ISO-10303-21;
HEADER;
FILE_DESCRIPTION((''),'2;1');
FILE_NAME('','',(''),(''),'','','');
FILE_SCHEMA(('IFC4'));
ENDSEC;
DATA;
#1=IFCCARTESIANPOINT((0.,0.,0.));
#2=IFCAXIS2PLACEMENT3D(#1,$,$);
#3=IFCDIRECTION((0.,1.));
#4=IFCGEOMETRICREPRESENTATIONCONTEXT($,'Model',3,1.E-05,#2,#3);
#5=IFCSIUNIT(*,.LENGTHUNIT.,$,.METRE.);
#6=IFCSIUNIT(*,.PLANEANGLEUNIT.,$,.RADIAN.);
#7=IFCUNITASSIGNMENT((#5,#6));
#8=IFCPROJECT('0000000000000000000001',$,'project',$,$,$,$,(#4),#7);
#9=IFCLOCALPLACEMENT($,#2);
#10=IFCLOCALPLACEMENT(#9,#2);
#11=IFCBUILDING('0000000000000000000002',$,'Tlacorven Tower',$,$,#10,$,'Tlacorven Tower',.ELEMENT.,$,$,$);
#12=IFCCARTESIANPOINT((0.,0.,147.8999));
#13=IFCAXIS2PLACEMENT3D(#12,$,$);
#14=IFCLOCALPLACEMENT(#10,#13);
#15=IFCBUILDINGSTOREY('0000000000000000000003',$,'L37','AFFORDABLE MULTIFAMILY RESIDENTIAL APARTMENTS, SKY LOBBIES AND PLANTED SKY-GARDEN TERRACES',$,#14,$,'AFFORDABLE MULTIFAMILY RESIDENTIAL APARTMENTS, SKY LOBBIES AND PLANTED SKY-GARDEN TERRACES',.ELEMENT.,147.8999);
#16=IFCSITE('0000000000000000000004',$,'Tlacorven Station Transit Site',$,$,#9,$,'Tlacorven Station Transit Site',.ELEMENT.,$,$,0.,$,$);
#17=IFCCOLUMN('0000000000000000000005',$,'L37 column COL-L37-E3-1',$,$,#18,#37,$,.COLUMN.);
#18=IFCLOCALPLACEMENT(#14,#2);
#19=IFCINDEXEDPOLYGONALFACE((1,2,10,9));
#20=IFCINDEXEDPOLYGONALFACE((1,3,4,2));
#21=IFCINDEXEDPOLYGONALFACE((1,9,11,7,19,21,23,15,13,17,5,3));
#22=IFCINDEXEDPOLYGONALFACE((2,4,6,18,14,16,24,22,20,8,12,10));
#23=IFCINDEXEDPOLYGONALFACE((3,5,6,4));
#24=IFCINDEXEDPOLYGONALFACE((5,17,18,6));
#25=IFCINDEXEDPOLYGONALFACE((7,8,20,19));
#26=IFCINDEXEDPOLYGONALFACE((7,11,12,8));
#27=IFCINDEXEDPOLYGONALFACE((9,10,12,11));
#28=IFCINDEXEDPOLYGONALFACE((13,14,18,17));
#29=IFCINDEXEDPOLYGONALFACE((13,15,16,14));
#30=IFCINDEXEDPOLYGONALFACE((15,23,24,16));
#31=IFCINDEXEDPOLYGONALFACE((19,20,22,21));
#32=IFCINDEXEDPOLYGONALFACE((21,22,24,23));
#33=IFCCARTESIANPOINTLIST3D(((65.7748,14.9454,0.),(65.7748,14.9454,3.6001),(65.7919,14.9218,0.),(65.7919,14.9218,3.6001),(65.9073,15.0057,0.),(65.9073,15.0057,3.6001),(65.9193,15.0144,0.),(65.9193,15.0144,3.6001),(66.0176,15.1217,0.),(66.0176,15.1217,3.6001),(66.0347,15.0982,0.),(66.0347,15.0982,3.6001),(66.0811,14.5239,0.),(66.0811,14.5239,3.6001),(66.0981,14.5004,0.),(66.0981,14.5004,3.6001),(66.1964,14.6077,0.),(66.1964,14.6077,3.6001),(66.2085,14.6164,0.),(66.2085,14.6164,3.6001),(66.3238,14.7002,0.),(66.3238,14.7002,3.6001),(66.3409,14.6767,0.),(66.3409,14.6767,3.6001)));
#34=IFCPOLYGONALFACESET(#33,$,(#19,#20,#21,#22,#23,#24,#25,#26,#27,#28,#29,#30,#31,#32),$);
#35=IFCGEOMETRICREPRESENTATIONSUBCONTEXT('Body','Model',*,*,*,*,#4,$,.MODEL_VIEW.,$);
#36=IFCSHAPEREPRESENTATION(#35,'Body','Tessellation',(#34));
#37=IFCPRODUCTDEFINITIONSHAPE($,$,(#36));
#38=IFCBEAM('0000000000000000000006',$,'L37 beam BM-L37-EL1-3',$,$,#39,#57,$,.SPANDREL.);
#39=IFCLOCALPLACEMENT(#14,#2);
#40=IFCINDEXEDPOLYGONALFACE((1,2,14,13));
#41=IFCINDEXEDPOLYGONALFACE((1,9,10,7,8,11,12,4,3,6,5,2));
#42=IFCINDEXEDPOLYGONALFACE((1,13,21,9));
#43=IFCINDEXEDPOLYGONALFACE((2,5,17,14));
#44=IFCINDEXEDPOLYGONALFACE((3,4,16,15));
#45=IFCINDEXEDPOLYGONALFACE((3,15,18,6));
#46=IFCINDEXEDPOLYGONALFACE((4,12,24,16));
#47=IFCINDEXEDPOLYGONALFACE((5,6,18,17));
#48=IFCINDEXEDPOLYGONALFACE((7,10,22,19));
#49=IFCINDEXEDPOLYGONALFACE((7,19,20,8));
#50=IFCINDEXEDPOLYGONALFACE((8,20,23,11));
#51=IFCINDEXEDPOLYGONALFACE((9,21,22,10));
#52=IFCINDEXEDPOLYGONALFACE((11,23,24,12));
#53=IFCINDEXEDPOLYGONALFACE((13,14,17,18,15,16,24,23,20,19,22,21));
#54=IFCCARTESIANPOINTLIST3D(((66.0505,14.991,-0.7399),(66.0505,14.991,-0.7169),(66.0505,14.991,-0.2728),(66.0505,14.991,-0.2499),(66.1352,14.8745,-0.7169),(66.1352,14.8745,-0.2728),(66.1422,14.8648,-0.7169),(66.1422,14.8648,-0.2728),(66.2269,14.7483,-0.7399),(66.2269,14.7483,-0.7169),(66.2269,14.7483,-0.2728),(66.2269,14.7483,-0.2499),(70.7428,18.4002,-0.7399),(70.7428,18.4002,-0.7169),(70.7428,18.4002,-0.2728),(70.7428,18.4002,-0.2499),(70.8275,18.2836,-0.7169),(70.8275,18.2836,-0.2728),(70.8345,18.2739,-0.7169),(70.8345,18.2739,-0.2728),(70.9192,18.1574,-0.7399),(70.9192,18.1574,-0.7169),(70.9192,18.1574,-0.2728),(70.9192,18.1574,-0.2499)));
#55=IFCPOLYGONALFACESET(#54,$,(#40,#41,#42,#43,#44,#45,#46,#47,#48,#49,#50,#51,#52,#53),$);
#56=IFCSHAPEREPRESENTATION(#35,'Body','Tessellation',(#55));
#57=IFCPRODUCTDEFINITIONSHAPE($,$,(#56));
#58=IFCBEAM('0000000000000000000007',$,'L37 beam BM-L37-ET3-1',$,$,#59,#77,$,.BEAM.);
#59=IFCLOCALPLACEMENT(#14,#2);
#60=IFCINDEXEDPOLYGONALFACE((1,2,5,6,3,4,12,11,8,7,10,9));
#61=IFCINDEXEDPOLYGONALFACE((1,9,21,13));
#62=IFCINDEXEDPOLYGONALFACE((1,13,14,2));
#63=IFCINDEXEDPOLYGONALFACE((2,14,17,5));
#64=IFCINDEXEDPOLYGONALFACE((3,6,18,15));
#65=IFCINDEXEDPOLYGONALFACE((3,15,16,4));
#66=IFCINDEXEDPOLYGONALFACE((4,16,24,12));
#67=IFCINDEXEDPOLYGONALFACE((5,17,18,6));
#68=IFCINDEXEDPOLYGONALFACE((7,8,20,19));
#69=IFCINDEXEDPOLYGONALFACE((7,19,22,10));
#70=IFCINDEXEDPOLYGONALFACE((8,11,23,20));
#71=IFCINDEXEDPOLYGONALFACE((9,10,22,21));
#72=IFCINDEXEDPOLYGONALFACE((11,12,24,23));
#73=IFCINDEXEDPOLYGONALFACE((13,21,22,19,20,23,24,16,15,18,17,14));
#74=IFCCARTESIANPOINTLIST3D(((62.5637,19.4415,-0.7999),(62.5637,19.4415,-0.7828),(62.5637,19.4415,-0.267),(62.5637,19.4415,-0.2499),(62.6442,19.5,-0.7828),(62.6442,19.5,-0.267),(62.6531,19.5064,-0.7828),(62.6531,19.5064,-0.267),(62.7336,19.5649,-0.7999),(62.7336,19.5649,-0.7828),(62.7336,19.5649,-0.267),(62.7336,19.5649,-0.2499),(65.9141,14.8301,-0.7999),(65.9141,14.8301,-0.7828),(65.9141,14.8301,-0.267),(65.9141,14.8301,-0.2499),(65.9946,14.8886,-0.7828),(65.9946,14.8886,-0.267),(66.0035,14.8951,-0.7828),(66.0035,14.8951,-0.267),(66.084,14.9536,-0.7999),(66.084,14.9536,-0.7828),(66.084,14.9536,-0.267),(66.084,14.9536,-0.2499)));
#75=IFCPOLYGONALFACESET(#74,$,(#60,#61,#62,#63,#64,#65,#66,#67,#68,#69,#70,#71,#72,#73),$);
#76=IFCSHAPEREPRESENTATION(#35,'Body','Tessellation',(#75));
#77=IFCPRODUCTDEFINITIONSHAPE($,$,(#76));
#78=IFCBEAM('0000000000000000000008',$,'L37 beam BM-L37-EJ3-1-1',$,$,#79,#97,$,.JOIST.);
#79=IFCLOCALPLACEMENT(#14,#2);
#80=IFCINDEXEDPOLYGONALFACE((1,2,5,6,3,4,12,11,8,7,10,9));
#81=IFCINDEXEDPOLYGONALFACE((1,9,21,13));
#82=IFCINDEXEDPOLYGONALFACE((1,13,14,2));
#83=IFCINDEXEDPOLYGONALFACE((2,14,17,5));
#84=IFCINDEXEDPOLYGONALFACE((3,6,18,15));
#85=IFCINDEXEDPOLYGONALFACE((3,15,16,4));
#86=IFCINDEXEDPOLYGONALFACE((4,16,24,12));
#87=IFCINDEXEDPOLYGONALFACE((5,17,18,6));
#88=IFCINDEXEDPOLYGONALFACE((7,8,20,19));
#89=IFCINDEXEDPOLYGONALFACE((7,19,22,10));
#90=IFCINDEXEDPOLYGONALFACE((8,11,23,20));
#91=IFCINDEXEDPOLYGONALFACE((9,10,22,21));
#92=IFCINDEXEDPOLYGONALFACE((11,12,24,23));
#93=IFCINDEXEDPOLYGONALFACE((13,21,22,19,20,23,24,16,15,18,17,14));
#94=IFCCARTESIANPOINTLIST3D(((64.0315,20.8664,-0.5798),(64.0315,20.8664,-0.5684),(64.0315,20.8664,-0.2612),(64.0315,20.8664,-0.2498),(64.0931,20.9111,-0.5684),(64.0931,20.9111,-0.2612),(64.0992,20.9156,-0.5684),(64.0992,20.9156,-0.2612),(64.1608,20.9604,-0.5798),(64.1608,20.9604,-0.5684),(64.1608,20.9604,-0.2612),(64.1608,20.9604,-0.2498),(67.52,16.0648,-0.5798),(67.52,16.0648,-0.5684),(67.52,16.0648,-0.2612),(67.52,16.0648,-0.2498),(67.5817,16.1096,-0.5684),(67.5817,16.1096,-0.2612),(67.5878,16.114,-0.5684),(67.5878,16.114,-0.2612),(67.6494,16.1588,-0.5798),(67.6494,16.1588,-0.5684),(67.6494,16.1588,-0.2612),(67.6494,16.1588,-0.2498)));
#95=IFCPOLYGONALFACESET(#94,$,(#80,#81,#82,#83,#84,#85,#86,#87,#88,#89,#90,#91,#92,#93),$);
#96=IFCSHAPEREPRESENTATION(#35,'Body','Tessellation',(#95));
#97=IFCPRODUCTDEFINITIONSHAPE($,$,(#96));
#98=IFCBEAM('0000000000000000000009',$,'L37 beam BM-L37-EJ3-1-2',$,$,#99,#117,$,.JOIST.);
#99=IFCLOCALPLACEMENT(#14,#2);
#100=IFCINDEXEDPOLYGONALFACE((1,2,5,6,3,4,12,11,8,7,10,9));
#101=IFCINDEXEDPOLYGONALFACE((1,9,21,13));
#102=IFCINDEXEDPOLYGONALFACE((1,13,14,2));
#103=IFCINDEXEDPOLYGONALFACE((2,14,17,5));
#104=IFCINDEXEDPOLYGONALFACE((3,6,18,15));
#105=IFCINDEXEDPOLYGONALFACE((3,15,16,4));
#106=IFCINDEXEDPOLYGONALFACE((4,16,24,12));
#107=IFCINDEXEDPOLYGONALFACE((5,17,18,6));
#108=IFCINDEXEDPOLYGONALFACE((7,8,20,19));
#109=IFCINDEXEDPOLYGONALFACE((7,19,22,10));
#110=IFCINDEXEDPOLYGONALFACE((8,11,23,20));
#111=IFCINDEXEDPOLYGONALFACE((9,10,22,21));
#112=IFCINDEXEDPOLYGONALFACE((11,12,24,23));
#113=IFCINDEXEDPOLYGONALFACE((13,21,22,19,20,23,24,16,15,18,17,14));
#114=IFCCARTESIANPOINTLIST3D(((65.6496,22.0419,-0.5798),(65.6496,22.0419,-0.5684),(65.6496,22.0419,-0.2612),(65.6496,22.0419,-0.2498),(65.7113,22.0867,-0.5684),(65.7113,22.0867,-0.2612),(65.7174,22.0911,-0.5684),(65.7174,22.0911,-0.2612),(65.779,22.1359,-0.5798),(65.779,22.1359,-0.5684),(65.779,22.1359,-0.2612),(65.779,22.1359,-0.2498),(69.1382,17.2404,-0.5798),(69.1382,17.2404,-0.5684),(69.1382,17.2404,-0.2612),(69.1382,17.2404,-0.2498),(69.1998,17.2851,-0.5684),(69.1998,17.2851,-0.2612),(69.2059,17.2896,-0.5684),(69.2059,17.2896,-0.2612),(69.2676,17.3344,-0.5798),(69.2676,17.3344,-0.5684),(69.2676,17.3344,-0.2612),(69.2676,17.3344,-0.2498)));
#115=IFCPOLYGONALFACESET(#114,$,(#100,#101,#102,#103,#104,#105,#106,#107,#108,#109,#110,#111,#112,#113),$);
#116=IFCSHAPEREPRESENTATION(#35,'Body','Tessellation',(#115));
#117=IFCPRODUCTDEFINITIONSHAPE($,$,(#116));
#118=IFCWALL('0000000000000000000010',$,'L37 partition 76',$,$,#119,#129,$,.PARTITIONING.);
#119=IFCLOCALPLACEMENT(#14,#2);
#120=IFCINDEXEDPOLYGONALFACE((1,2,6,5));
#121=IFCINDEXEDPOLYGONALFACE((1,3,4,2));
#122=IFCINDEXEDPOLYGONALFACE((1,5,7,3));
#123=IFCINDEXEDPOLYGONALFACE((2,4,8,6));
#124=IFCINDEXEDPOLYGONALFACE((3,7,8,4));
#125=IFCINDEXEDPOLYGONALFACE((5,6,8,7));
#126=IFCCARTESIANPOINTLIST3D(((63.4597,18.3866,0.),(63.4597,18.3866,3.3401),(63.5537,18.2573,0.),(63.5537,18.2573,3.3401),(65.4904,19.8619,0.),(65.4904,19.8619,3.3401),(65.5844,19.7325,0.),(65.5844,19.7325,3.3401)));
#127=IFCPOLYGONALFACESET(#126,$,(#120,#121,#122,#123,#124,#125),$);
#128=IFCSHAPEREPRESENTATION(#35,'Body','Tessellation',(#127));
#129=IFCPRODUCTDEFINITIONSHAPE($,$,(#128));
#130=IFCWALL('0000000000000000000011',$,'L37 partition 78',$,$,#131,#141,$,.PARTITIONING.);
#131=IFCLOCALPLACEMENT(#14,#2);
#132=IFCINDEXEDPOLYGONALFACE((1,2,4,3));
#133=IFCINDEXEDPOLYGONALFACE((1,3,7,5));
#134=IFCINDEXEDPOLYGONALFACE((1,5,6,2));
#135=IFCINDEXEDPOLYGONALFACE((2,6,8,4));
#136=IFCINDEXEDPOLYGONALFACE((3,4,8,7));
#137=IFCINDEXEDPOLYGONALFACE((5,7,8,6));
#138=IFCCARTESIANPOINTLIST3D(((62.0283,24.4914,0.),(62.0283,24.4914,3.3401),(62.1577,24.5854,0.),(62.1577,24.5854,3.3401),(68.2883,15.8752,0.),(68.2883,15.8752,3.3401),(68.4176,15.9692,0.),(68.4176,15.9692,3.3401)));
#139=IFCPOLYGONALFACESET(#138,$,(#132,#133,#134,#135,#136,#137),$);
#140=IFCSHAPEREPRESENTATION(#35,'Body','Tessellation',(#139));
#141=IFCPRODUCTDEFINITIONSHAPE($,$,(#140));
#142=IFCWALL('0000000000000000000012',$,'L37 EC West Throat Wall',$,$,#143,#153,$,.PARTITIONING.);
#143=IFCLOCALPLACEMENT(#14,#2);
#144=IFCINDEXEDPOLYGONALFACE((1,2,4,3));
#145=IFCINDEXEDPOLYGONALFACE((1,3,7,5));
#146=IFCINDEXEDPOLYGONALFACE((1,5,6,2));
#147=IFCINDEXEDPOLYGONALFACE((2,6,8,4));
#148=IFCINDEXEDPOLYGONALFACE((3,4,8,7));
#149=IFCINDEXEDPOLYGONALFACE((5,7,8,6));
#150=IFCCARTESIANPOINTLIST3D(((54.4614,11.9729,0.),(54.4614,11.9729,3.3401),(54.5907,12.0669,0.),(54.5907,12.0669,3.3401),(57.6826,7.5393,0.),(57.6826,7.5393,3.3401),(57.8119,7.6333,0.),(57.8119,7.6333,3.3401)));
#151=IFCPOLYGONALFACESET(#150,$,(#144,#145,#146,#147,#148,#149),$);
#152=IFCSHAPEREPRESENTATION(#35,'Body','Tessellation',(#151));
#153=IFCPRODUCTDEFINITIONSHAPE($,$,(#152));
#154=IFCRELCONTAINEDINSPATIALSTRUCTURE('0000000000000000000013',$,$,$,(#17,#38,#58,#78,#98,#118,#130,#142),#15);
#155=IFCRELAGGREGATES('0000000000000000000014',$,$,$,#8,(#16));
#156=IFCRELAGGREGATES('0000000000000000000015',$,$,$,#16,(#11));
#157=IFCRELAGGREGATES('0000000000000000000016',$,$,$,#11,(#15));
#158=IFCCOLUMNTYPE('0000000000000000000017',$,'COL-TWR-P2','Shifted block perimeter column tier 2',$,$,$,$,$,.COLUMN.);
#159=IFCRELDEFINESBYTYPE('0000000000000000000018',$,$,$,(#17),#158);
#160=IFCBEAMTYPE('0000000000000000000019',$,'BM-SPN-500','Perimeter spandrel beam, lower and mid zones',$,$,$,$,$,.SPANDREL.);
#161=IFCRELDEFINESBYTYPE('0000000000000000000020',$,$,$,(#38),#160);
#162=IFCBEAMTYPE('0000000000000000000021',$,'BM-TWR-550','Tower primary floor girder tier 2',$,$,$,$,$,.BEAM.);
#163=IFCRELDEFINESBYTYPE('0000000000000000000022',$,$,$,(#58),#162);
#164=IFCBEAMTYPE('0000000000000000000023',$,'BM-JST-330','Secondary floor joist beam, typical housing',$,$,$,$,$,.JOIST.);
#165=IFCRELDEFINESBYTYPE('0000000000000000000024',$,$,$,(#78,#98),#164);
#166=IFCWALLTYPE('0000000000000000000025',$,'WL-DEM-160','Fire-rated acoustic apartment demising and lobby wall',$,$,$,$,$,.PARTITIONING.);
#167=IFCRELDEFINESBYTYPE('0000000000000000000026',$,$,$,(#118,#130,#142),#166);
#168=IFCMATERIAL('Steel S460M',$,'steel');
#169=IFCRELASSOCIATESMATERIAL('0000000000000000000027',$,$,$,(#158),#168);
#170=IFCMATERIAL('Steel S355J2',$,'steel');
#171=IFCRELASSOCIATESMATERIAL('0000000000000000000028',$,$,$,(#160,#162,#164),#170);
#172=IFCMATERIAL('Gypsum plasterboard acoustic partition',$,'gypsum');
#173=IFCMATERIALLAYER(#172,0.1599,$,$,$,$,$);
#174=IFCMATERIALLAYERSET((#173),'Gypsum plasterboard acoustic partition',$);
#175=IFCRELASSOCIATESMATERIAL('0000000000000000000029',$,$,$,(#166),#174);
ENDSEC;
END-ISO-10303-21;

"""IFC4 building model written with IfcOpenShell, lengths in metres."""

from ifc_helpers import new_model, si_unit, direction, frame, frame_2d, origin, origin_2d, place, context, subcontext, project, spatial, rectangle, i_section, extrude, source, transform, mapped, material, layer, layer_set, material_profile, profile_set, type_object, element, save


model = new_model("IFC4")

# Units and contexts
model_context = context("Model", 3, precision=1e-05, world=origin(), true_north=direction((0.0, 1.0)))
body_context = subcontext(model_context, "Body", "Model", "MODEL_VIEW")
ifc_project = project(units=[si_unit("LENGTHUNIT", "METRE"), si_unit("PLANEANGLEUNIT", "RADIAN")], contexts=[model_context])

# Site, building, storey
site_placement = place(None, origin())
site = spatial("IfcSite", under=ifc_project, at=site_placement, Name="Tlacorven Station Transit Site", LongName="Tlacorven Station Transit Site", CompositionType="ELEMENT", RefElevation=0.0)
building_placement = place(site_placement, origin())
building = spatial("IfcBuilding", under=site, at=building_placement, Name="Tlacorven Tower", LongName="Tlacorven Tower", CompositionType="ELEMENT")
storey_placement = place(building_placement, frame((0.0, 0.0, 147.8999)))
storey = spatial("IfcBuildingStorey", under=building, at=storey_placement, Name="L37", Description="AFFORDABLE MULTIFAMILY RESIDENTIAL APARTMENTS, SKY LOBBIES AND PLANTED SKY-GARDEN TERRACES", LongName="AFFORDABLE MULTIFAMILY RESIDENTIAL APARTMENTS, SKY LOBBIES AND PLANTED SKY-GARDEN TERRACES", CompositionType="ELEMENT", Elevation=147.8999)

# Column
ifc_material_1 = material(Name="Steel S460M", Category="steel")
ifc_material_profile_1 = material_profile(ifc_material_1, i_section(OverallWidth=0.3, OverallDepth=0.55, WebThickness=0.0149, FlangeThickness=0.0291, at=origin_2d()), Name="HEB 550")
ifc_profile_set_1 = profile_set([ifc_material_profile_1], Name="Steel S460M")
column_type = type_object("IfcColumnType", Name="COL-TWR-P2", Description="Shifted block perimeter column tier 2", PredefinedType="COLUMN", material=ifc_profile_set_1)
shared_shape_1 = source(origin(), body_context, "Body", "SweptSolid", [
    extrude(i_section(OverallWidth=0.3, OverallDepth=0.55, WebThickness=0.0149, FlangeThickness=0.0291, at=origin_2d()), origin(), (0.0, 0.0, 1.0), 3.6001),
])
column_placement = place(storey_placement, frame((66.0579, 14.811, 0.0), z_axis=(0.0, 0.0, 1.0), x_axis=(0.809017, 0.587785, 0.0)))
element("IfcColumn", 1, at=column_placement, inside=storey, type_object=column_type, Name="L37 column COL-L37-E3-1", PredefinedType="COLUMN", context=body_context, shape_type="MappedRepresentation", body=[
    mapped(shared_shape_1, transform((0.0, 0.0, 0.0), scale=1.0)),
])

# Beams
ifc_material_2 = material(Name="Steel S355J2", Category="steel")
ifc_material_profile_2 = material_profile(ifc_material_2, i_section(OverallWidth=0.3, OverallDepth=0.49, WebThickness=0.012, FlangeThickness=0.0229, at=origin_2d()), Name="HEA 500")
ifc_profile_set_2 = profile_set([ifc_material_profile_2], Name="Steel S355J2")
beam_type_1 = type_object("IfcBeamType", Name="BM-SPN-500", Description="Perimeter spandrel beam, lower and mid zones", PredefinedType="SPANDREL", material=ifc_profile_set_2)
shared_shape_2 = source(origin(), body_context, "Body", "SweptSolid", [
    extrude(i_section(OverallWidth=0.3, OverallDepth=0.49, WebThickness=0.012, FlangeThickness=0.0229, at=origin_2d()), origin(), (0.0, 0.0, 1.0), 5.8),
])
beam_1_placement = place(storey_placement, frame((66.1387, 14.8696, -0.4949), z_axis=(0.80902, 0.587781, 0.0), x_axis=(-0.587781, 0.80902, 0.0)))
element("IfcBeam", 2, at=beam_1_placement, inside=storey, type_object=beam_type_1, Name="L37 beam BM-L37-EL1-3", PredefinedType="SPANDREL", context=body_context, shape_type="MappedRepresentation", body=[
    mapped(shared_shape_2, transform((0.0, 0.0, 0.0), scale=1.0)),
])
ifc_material_profile_3 = material_profile(ifc_material_2, i_section(OverallWidth=0.21, OverallDepth=0.55, WebThickness=0.011, FlangeThickness=0.0171, at=origin_2d()), Name="IPE 550")
ifc_profile_set_3 = profile_set([ifc_material_profile_3], Name="Steel S355J2")
beam_type_2 = type_object("IfcBeamType", Name="BM-TWR-550", Description="Tower primary floor girder tier 2", PredefinedType="BEAM", material=ifc_profile_set_3)
shared_shape_3 = source(origin(), body_context, "Body", "SweptSolid", [
    extrude(i_section(OverallWidth=0.21, OverallDepth=0.55, WebThickness=0.011, FlangeThickness=0.0171, at=origin_2d()), origin(), (0.0, 0.0, 1.0), 5.7),
])
beam_2_placement = place(storey_placement, frame((65.999, 14.8918, -0.5249), z_axis=(-0.587787, 0.809016, 0.0), x_axis=(-0.809016, -0.587787, 0.0)))
element("IfcBeam", 3, at=beam_2_placement, inside=storey, type_object=beam_type_2, Name="L37 beam BM-L37-ET3-1", PredefinedType="BEAM", context=body_context, shape_type="MappedRepresentation", body=[
    mapped(shared_shape_3, transform((0.0, 0.0, 0.0), scale=1.0)),
])
ifc_material_profile_4 = material_profile(ifc_material_2, i_section(OverallWidth=0.1599, OverallDepth=0.3301, WebThickness=0.0076, FlangeThickness=0.0115, at=origin_2d()), Name="IPE 330")
ifc_profile_set_4 = profile_set([ifc_material_profile_4], Name="Steel S355J2")
beam_type_3 = type_object("IfcBeamType", Name="BM-JST-330", Description="Secondary floor joist beam, typical housing", PredefinedType="JOIST", material=ifc_profile_set_4)
shared_shape_4 = source(origin(), body_context, "Body", "SweptSolid", [
    extrude(i_section(OverallWidth=0.1599, OverallDepth=0.3301, WebThickness=0.0076, FlangeThickness=0.0115, at=origin_2d()), origin(), (0.0, 0.0, 1.0), 5.9351),
])
for number, where, z_axis, x_axis, name in (
    (4, (67.5847, 16.1118, -0.4148), (-0.587788, 0.809015, 0.0), (-0.809015, -0.587788, 0.0), "L37 beam BM-L37-EJ3-1-1"),
    (5, (69.2029, 17.2874, -0.4148), (-0.587788, 0.809015, 0.0), (-0.809015, -0.587788, 0.0), "L37 beam BM-L37-EJ3-1-2"),
):
    element("IfcBeam", number, at=place(storey_placement, frame(where, z_axis=z_axis, x_axis=x_axis)), inside=storey, type_object=beam_type_3, Name=name, PredefinedType="JOIST", context=body_context, shape_type="MappedRepresentation", body=[
        mapped(shared_shape_4, transform((0.0, 0.0, 0.0), scale=1.0)),
    ])

# Walls
ifc_material_3 = material(Name="Gypsum plasterboard acoustic partition", Category="gypsum")
ifc_layer_1 = layer(ifc_material_3, 0.1599)
ifc_layer_set_1 = layer_set([ifc_layer_1], Name="Gypsum plasterboard acoustic partition")
wall_type_1 = type_object("IfcWallType", Name="WL-DEM-160", Description="Fire-rated acoustic apartment demising and lobby wall", PredefinedType="PARTITIONING", material=ifc_layer_set_1)
wall_1_placement = place(storey_placement, frame((63.5068, 18.322, 0.0), z_axis=(0.0, 0.0, 1.0), x_axis=(0.809035, 0.587761, 0.0)))
element("IfcWall", 6, at=wall_1_placement, inside=storey, type_object=wall_type_1, Name="L37 partition 76", PredefinedType="PARTITIONING", context=body_context, shape_type="SweptSolid", body=[
    extrude(rectangle(XDim=2.51, YDim=0.1599, at=frame_2d((1.2549, 0.0))), origin(), (0.0, 0.0, 1.0), 3.3401),
])
wall_2_placement = place(storey_placement, frame((68.353, 15.9221, 0.0), z_axis=(0.0, 0.0, 1.0), x_axis=(-0.587783, 0.809019, 0.0)))
element("IfcWall", 7, at=wall_2_placement, inside=storey, type_object=wall_type_1, Name="L37 partition 78", PredefinedType="PARTITIONING", context=body_context, shape_type="SweptSolid", body=[
    extrude(rectangle(XDim=10.6501, YDim=0.1599, at=frame_2d((5.3252, 0.0))), origin(), (0.0, 0.0, 1.0), 3.3401),
])
wall_3_placement = place(storey_placement, frame((57.7473, 7.5862, 0.0), z_axis=(0.0, 0.0, 1.0), x_axis=(-0.587785, 0.809017, 0.0)))
element("IfcWall", 8, at=wall_3_placement, inside=storey, type_object=wall_type_1, Name="L37 EC West Throat Wall", PredefinedType="PARTITIONING", context=body_context, shape_type="SweptSolid", body=[
    extrude(rectangle(XDim=5.4802, YDim=0.1599, at=frame_2d((2.7402, 0.0))), origin(), (0.0, 0.0, 1.0), 3.3401),
])

save(model, "model.ifc")
